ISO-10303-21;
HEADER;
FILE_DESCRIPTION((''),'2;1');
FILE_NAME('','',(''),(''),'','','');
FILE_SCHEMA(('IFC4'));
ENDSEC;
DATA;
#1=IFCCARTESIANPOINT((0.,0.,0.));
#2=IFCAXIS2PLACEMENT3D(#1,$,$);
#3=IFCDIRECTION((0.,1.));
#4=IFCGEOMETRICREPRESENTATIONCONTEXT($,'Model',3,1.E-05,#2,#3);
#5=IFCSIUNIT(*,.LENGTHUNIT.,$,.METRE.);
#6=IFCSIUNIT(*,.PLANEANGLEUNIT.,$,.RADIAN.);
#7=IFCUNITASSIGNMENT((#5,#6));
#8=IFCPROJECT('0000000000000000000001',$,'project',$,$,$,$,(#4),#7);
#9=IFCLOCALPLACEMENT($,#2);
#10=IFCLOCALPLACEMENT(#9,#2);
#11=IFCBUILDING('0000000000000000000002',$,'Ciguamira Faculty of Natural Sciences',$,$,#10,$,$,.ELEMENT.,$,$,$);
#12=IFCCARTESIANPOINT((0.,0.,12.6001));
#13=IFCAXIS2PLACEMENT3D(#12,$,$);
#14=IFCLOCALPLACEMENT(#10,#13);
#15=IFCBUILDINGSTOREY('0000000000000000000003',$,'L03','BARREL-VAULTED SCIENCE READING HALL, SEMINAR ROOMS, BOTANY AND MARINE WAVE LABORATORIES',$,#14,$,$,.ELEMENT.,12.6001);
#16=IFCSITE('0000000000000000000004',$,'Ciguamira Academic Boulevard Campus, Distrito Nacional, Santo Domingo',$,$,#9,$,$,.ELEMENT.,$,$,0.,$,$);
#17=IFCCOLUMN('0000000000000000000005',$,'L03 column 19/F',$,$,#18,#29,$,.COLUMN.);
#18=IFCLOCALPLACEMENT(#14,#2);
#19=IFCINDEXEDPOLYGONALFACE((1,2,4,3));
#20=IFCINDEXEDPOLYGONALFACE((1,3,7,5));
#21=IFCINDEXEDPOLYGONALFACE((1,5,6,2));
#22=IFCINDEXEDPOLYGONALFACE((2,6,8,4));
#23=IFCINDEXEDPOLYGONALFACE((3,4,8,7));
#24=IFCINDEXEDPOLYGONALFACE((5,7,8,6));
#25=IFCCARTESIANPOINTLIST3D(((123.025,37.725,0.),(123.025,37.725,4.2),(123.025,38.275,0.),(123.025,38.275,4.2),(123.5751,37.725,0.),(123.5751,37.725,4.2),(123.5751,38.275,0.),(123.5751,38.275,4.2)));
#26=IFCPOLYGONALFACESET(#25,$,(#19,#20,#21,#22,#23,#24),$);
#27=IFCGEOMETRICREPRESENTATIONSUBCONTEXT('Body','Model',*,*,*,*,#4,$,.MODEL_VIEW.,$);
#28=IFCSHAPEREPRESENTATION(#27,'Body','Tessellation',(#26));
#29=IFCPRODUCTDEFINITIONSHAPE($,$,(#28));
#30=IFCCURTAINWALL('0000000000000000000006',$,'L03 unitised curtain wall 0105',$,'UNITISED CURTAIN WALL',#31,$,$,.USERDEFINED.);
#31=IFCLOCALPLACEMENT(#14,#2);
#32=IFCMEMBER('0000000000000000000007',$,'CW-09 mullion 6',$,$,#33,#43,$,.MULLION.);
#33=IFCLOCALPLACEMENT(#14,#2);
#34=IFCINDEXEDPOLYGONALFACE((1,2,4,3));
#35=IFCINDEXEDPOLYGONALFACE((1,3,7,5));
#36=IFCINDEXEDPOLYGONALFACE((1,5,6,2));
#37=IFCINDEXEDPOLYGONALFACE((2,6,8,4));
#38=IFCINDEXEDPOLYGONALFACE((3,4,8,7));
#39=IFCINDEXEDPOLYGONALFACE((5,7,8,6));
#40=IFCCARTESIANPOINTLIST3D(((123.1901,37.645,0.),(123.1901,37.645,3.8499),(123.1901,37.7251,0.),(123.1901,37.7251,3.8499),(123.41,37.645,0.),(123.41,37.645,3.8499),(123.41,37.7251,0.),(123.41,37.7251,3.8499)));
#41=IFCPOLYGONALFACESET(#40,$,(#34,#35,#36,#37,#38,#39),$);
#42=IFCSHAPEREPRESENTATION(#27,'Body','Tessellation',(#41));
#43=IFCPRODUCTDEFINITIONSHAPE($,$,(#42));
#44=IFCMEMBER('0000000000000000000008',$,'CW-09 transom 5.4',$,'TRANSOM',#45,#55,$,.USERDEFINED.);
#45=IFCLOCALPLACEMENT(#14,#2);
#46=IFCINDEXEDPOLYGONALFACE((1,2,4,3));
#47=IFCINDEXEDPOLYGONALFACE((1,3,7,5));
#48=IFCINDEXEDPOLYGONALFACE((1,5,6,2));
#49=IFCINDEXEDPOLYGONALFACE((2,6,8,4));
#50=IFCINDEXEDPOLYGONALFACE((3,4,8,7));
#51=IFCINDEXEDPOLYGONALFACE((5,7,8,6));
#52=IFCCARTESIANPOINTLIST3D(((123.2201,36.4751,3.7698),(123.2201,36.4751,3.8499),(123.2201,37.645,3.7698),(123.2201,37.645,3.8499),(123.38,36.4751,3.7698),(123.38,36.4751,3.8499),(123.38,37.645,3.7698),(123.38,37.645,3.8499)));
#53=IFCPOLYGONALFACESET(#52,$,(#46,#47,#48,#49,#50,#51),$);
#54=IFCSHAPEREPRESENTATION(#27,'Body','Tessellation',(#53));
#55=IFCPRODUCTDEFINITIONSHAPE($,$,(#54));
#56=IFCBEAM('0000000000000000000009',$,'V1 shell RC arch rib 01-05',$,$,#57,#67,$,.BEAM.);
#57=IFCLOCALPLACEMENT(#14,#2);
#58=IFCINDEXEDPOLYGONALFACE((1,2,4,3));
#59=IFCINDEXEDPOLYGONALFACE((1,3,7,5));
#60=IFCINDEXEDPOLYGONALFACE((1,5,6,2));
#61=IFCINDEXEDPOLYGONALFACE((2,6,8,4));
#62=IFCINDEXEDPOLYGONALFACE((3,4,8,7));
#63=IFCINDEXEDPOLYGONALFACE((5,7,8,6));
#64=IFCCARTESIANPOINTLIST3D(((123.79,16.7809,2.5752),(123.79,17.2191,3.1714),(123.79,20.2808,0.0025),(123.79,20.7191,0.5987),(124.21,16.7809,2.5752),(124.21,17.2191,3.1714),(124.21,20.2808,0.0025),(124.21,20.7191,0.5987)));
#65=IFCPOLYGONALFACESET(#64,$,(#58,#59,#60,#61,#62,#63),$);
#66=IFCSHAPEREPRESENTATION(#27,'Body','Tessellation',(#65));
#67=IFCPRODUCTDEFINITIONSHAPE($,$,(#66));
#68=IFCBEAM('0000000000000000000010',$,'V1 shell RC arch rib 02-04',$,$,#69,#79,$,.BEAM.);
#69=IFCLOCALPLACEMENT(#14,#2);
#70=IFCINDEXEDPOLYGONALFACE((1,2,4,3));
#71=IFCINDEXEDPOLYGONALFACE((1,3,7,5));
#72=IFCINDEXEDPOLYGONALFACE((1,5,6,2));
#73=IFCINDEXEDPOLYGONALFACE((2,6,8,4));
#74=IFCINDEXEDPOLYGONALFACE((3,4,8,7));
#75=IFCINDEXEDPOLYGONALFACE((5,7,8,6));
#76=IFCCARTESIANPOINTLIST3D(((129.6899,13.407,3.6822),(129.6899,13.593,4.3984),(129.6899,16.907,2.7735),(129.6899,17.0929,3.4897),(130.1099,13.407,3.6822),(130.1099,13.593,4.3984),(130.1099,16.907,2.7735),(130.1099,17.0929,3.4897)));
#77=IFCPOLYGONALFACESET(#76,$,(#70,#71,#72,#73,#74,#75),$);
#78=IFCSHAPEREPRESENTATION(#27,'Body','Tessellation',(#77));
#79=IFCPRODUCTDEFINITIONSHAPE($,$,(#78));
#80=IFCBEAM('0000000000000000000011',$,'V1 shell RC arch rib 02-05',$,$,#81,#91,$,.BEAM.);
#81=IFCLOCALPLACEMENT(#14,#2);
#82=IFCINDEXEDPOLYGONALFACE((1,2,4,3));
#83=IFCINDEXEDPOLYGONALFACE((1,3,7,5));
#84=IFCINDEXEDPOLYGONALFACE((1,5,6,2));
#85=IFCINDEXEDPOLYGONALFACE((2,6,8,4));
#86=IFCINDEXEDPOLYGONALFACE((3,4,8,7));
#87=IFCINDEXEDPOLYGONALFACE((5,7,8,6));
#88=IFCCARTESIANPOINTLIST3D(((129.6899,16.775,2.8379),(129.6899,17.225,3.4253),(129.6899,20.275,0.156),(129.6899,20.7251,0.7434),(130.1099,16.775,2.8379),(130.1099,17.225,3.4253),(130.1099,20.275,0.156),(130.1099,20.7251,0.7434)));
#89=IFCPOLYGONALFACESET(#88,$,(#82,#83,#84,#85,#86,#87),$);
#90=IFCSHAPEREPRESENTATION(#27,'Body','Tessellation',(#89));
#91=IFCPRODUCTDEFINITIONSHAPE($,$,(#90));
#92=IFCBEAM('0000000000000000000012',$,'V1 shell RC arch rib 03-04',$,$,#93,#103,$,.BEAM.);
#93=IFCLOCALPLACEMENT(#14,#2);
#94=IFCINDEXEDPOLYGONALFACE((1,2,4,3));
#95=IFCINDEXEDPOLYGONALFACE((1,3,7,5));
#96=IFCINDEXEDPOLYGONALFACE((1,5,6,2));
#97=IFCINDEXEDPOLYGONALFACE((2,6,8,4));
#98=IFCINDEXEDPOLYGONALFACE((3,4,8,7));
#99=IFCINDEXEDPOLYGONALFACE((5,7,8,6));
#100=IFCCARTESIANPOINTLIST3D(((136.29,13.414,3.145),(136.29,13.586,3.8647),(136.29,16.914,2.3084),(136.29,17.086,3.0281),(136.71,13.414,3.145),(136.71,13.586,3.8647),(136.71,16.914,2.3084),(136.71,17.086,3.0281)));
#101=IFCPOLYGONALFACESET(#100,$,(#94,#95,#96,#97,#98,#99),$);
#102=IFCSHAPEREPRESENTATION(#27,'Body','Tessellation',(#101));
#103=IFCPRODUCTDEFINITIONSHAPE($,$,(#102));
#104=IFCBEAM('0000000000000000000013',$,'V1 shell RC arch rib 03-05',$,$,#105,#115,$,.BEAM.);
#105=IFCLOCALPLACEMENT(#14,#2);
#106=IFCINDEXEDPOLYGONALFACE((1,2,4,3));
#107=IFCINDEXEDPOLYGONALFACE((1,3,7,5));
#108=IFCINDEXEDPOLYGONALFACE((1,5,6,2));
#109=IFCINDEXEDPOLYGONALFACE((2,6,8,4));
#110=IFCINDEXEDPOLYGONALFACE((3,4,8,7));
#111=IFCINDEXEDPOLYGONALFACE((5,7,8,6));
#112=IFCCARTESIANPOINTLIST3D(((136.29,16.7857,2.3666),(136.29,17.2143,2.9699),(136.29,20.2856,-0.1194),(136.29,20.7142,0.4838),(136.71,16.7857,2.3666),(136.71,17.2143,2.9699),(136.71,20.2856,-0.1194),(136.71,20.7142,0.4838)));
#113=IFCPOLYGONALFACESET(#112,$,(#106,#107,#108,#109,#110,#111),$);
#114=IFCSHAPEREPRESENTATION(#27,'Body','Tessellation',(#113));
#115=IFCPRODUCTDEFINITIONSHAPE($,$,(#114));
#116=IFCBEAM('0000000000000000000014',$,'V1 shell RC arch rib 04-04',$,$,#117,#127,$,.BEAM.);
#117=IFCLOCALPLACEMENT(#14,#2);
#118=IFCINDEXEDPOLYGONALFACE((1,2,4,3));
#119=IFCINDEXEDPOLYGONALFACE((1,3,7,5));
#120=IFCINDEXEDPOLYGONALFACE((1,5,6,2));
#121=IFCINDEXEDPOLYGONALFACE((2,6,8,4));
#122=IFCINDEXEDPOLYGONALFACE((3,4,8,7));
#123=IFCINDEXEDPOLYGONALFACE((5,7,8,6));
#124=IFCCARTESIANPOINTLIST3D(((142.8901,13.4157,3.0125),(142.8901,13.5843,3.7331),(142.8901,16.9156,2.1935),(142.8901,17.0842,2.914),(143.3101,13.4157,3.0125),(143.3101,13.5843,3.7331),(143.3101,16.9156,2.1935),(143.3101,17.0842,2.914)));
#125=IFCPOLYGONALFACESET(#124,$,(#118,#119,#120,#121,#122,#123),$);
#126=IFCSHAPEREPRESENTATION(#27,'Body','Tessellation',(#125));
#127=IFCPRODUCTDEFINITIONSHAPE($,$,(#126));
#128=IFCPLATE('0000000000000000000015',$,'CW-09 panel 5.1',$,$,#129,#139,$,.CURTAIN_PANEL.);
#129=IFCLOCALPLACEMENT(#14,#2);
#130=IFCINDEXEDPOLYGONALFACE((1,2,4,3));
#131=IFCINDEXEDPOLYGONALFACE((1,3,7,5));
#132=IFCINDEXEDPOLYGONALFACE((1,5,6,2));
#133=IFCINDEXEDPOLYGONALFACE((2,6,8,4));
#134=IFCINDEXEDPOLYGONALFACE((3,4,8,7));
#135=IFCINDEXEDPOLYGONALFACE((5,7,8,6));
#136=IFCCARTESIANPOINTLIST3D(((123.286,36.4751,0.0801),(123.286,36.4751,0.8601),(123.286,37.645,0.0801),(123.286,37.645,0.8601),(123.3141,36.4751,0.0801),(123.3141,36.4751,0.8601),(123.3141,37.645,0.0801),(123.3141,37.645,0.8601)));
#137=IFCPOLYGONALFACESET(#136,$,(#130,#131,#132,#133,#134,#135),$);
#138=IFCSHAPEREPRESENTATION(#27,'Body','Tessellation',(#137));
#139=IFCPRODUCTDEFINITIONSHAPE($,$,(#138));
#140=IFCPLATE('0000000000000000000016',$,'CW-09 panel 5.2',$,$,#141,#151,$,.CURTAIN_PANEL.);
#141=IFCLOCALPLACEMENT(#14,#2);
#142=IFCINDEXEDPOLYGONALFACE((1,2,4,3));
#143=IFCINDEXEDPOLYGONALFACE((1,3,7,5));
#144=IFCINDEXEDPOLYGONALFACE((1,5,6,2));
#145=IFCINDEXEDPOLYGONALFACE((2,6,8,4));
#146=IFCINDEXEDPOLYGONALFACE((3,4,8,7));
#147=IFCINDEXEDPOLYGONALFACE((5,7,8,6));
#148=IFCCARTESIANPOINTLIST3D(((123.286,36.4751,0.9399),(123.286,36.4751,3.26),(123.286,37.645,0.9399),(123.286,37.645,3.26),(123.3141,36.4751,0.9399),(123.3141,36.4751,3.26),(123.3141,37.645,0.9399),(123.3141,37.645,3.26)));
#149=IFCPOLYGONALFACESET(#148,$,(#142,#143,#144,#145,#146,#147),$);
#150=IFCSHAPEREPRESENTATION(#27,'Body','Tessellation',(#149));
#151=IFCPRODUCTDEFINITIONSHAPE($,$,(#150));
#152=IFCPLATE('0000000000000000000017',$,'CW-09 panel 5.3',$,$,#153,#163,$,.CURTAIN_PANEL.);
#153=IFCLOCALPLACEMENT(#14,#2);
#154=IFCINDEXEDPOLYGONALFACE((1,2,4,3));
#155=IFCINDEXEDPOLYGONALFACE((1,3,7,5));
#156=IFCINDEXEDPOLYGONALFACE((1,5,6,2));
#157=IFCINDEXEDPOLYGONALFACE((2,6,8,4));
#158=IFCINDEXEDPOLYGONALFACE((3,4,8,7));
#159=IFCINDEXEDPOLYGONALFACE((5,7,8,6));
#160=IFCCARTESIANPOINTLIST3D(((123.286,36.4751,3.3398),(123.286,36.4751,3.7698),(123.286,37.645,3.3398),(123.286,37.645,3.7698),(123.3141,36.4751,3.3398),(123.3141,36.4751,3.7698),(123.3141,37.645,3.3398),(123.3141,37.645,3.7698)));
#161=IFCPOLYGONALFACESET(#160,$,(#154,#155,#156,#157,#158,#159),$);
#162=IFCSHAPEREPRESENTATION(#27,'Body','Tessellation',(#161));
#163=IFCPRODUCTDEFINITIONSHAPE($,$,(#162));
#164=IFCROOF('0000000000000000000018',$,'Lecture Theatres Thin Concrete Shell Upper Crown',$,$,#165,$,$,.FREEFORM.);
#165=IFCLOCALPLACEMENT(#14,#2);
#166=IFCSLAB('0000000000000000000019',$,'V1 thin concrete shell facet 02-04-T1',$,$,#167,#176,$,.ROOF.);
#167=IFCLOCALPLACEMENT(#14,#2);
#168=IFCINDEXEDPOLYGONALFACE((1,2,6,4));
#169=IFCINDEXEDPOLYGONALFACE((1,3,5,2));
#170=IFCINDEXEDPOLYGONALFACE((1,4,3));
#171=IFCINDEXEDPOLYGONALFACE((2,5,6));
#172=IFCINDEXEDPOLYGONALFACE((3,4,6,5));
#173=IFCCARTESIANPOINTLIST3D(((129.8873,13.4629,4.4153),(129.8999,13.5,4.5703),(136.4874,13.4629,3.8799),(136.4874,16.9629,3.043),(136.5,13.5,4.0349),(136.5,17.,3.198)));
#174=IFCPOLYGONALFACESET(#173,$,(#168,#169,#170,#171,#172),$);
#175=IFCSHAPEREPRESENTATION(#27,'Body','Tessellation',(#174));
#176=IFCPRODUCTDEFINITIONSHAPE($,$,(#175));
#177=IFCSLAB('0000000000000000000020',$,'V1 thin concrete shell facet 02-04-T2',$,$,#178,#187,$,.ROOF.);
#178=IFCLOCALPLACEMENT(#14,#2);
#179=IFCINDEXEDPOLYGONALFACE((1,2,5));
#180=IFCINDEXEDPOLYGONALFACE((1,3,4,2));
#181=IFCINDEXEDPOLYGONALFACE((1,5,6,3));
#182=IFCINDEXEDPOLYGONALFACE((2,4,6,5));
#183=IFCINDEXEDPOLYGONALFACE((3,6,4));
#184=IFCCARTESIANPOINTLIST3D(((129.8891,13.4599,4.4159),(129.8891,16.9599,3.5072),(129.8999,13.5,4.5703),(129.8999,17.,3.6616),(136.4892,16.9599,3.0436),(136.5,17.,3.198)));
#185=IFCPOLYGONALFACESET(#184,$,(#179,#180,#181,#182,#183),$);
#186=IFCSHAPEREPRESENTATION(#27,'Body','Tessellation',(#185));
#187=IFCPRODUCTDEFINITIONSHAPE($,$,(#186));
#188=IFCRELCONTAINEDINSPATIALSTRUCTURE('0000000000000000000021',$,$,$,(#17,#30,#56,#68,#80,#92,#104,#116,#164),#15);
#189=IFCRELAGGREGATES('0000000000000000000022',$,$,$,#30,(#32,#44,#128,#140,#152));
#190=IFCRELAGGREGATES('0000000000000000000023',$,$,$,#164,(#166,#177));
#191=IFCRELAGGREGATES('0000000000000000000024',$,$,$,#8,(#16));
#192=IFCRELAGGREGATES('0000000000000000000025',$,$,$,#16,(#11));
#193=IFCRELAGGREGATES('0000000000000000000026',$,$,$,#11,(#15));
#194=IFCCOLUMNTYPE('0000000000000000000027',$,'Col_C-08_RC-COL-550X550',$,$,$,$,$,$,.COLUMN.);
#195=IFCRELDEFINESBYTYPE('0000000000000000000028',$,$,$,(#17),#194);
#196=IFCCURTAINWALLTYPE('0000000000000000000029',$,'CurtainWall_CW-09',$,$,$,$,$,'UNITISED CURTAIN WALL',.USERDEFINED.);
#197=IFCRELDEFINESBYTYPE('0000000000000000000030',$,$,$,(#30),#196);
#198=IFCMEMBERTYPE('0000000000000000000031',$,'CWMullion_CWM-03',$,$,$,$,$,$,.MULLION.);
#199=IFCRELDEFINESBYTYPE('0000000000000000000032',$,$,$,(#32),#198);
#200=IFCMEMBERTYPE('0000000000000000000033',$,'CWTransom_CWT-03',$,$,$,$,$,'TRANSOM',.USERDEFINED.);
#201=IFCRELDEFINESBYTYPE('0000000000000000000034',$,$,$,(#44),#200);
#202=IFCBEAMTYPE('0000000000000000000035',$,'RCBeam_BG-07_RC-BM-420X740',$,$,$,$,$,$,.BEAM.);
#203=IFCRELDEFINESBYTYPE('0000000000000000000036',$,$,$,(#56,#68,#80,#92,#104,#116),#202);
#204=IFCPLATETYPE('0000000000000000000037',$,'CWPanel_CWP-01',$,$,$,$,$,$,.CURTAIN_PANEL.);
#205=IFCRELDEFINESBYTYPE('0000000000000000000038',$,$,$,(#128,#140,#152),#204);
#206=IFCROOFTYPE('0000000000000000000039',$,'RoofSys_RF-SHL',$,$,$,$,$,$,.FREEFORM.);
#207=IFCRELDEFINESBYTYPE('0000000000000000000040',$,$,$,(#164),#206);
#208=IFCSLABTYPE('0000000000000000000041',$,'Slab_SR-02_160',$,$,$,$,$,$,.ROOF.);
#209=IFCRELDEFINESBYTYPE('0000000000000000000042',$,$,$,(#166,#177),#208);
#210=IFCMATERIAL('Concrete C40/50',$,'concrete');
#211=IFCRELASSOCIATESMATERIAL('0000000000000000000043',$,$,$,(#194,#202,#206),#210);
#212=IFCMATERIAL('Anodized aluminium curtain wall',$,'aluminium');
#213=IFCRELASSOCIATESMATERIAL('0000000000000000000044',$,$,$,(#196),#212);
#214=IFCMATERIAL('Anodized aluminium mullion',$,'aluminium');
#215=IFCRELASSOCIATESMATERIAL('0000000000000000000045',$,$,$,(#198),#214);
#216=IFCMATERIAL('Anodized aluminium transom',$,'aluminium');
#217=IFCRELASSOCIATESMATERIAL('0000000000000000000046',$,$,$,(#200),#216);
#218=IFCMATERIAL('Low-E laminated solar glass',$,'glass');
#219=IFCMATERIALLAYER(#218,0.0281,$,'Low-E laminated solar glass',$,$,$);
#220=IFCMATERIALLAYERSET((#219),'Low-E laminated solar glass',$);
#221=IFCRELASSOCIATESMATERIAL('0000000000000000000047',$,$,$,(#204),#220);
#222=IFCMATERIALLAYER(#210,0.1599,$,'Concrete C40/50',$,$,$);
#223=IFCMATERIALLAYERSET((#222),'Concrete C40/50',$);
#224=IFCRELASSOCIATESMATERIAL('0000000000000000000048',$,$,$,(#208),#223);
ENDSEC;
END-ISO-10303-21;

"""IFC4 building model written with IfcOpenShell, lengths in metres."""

from ifc_helpers import new_model, si_unit, direction, frame, origin, origin_2d, place, context, subcontext, project, spatial, polyline, rectangle, outline, extrude, material, layer, layer_set, material_profile, profile_set, type_object, element, aggregate, save


model = new_model("IFC4")

# Units and contexts
model_context = context("Model", 3, precision=1e-05, world=origin(), true_north=direction((0.0, 1.0)))
body_context = subcontext(model_context, "Body", "Model", "MODEL_VIEW")
ifc_project = project(units=[si_unit("LENGTHUNIT", "METRE"), si_unit("PLANEANGLEUNIT", "RADIAN")], contexts=[model_context])

# Site, building, storey
site_placement = place(None, origin())
site = spatial("IfcSite", under=ifc_project, at=site_placement, Name="Ciguamira Academic Boulevard Campus, Distrito Nacional, Santo Domingo", CompositionType="ELEMENT", RefElevation=0.0)
building_placement = place(site_placement, origin())
building = spatial("IfcBuilding", under=site, at=building_placement, Name="Ciguamira Faculty of Natural Sciences", CompositionType="ELEMENT")
storey_placement = place(building_placement, frame((0.0, 0.0, 12.6001)))
storey = spatial("IfcBuildingStorey", under=building, at=storey_placement, Name="L03", Description="BARREL-VAULTED SCIENCE READING HALL, SEMINAR ROOMS, BOTANY AND MARINE WAVE LABORATORIES", CompositionType="ELEMENT", Elevation=12.6001)

# Column
ifc_material_1 = material(Name="Concrete C40/50", Category="concrete")
ifc_material_profile_1 = material_profile(ifc_material_1, rectangle(XDim=0.55, YDim=0.55, at=origin_2d()), Name="RC-COL-550X550")
ifc_profile_set_1 = profile_set([ifc_material_profile_1], Name="Concrete C40/50")
column_type = type_object("IfcColumnType", Name="Col_C-08_RC-COL-550X550", PredefinedType="COLUMN", material=ifc_profile_set_1)
column_placement = place(storey_placement, frame((123.3, 38.0, 0.0), z_axis=(0.0, 0.0, 1.0), x_axis=(1.0, 0.0, 0.0)))
element("IfcColumn", 1, at=column_placement, inside=storey, type_object=column_type, Name="L03 column 19/F", PredefinedType="COLUMN", context=body_context, shape_type="SweptSolid", body=[
    extrude(rectangle(XDim=0.55, YDim=0.55, at=origin_2d()), origin(), (0.0, 0.0, 1.0), 4.2),
])

# Curtain wall, members
ifc_material_2 = material(Name="Anodized aluminium curtain wall", Category="aluminium")
curtain_wall_type = type_object("IfcCurtainWallType", Name="CurtainWall_CW-09", ElementType="UNITISED CURTAIN WALL", PredefinedType="USERDEFINED", material=ifc_material_2)
curtain_wall_placement = place(storey_placement, origin())
curtain_wall = element("IfcCurtainWall", 2, at=curtain_wall_placement, inside=storey, type_object=curtain_wall_type, Name="L03 unitised curtain wall 0105", ObjectType="UNITISED CURTAIN WALL", PredefinedType="USERDEFINED")
ifc_material_3 = material(Name="Anodized aluminium mullion", Category="aluminium")
ifc_material_profile_2 = material_profile(ifc_material_3, rectangle(XDim=0.0801, YDim=0.22, at=origin_2d()), Name="ALU-MUL-80X220")
ifc_profile_set_2 = profile_set([ifc_material_profile_2], Name="Anodized aluminium mullion")
member_type_1 = type_object("IfcMemberType", Name="CWMullion_CWM-03", PredefinedType="MULLION", material=ifc_profile_set_2)
member_1_placement = place(storey_placement, frame((123.3, 37.6851, 0.0), z_axis=(0.0, 0.0, 1.0), x_axis=(0.0, 1.0, 0.0)))
member_1 = element("IfcMember", 3, at=member_1_placement, type_object=member_type_1, Name="CW-09 mullion 6", PredefinedType="MULLION", context=body_context, shape_type="SweptSolid", body=[
    extrude(rectangle(XDim=0.0801, YDim=0.22, at=origin_2d()), origin(), (0.0, 0.0, 1.0), 3.8499),
])
ifc_material_4 = material(Name="Anodized aluminium transom", Category="aluminium")
ifc_material_profile_3 = material_profile(ifc_material_4, rectangle(XDim=0.0801, YDim=0.1599, at=origin_2d()), Name="ALU-TRN-80X160")
ifc_profile_set_3 = profile_set([ifc_material_profile_3], Name="Anodized aluminium transom")
member_type_2 = type_object("IfcMemberType", Name="CWTransom_CWT-03", ElementType="TRANSOM", PredefinedType="USERDEFINED", material=ifc_profile_set_3)
member_2_placement = place(storey_placement, frame((123.3, 36.4751, 3.8098), z_axis=(0.0, 1.0, 0.0), x_axis=(0.0, 0.0, 1.0)))
member_2 = element("IfcMember", 4, at=member_2_placement, type_object=member_type_2, Name="CW-09 transom 5.4", ObjectType="TRANSOM", PredefinedType="USERDEFINED", context=body_context, shape_type="SweptSolid", body=[
    extrude(rectangle(XDim=0.0801, YDim=0.1599, at=origin_2d()), origin(), (0.0, 0.0, 1.0), 1.1699),
])

# Beams
ifc_material_profile_4 = material_profile(ifc_material_1, rectangle(XDim=0.4199, YDim=0.74, at=origin_2d()), Name="RC-BM-420X740")
ifc_profile_set_4 = profile_set([ifc_material_profile_4], Name="Concrete C40/50")
beam_type = type_object("IfcBeamType", Name="RCBeam_BG-07_RC-BM-420X740", PredefinedType="BEAM", material=ifc_profile_set_4)
beam_1_placement = place(storey_placement, frame((124.0, 17.0, 2.8733), z_axis=(0.0, 0.805736, -0.592275), x_axis=(-1.0, 0.0, 0.0)))
element("IfcBeam", 5, at=beam_1_placement, inside=storey, type_object=beam_type, Name="V1 shell RC arch rib 01-05", PredefinedType="BEAM", context=body_context, shape_type="SweptSolid", body=[
    extrude(rectangle(XDim=0.4199, YDim=0.74, at=origin_2d()), origin(), (0.0, 0.0, 1.0), 4.3438),
])
beam_2_placement = place(storey_placement, frame((129.8999, 13.5, 4.0403), z_axis=(0.0, 0.967911, -0.251295), x_axis=(-1.0, 0.0, 0.0)))
element("IfcBeam", 6, at=beam_2_placement, inside=storey, type_object=beam_type, Name="V1 shell RC arch rib 02-04", PredefinedType="BEAM", context=body_context, shape_type="SweptSolid", body=[
    extrude(rectangle(XDim=0.4199, YDim=0.74, at=origin_2d()), origin(), (0.0, 0.0, 1.0), 3.616),
])
beam_3_placement = place(storey_placement, frame((129.8999, 17.0, 3.1316), z_axis=(0.0, 0.793765, -0.608225), x_axis=(-1.0, 0.0, 0.0)))
element("IfcBeam", 7, at=beam_3_placement, inside=storey, type_object=beam_type, Name="V1 shell RC arch rib 02-05", PredefinedType="BEAM", context=body_context, shape_type="SweptSolid", body=[
    extrude(rectangle(XDim=0.4199, YDim=0.74, at=origin_2d()), origin(), (0.0, 0.0, 1.0), 4.4094),
])
beam_4_placement = place(storey_placement, frame((136.5, 13.5, 3.5049), z_axis=(0.0, 0.972597, -0.232498), x_axis=(-1.0, 0.0, 0.0)))
element("IfcBeam", 8, at=beam_4_placement, inside=storey, type_object=beam_type, Name="V1 shell RC arch rib 03-04", PredefinedType="BEAM", context=body_context, shape_type="SweptSolid", body=[
    extrude(rectangle(XDim=0.4199, YDim=0.74, at=origin_2d()), origin(), (0.0, 0.0, 1.0), 3.5986),
])
beam_5_placement = place(storey_placement, frame((136.5, 17.0, 2.6682), z_axis=(0.0, 0.815264, -0.57909), x_axis=(-1.0, 0.0, 0.0)))
element("IfcBeam", 9, at=beam_5_placement, inside=storey, type_object=beam_type, Name="V1 shell RC arch rib 03-05", PredefinedType="BEAM", context=body_context, shape_type="SweptSolid", body=[
    extrude(rectangle(XDim=0.4199, YDim=0.74, at=origin_2d()), origin(), (0.0, 0.0, 1.0), 4.293),
])
beam_6_placement = place(storey_placement, frame((143.1001, 13.5, 3.3728), z_axis=(0.0, 0.973692, -0.227869), x_axis=(-1.0, 0.0, 0.0)))
element("IfcBeam", 10, at=beam_6_placement, inside=storey, type_object=beam_type, Name="V1 shell RC arch rib 04-04", PredefinedType="BEAM", context=body_context, shape_type="SweptSolid", body=[
    extrude(rectangle(XDim=0.4199, YDim=0.74, at=origin_2d()), origin(), (0.0, 0.0, 1.0), 3.5945),
])

# Plates
ifc_material_5 = material(Name="Low-E laminated solar glass", Category="glass")
ifc_layer_1 = layer(ifc_material_5, 0.0281, Name="Low-E laminated solar glass")
ifc_layer_set_1 = layer_set([ifc_layer_1], Name="Low-E laminated solar glass")
plate_type = type_object("IfcPlateType", Name="CWPanel_CWP-01", PredefinedType="CURTAIN_PANEL", material=ifc_layer_set_1)
plate_1_placement = place(storey_placement, frame((123.3, 37.0601, 0.0801), z_axis=(0.0, 0.0, 1.0), x_axis=(0.0, 1.0, 0.0)))
plate_1 = element("IfcPlate", 11, at=plate_1_placement, type_object=plate_type, Name="CW-09 panel 5.1", PredefinedType="CURTAIN_PANEL", context=body_context, shape_type="SweptSolid", body=[
    extrude(rectangle(XDim=1.1699, YDim=0.0281, at=origin_2d()), origin(), (0.0, 0.0, 1.0), 0.78),
])
plate_2_placement = place(storey_placement, frame((123.3, 37.0601, 0.9399), z_axis=(0.0, 0.0, 1.0), x_axis=(0.0, 1.0, 0.0)))
plate_2 = element("IfcPlate", 12, at=plate_2_placement, type_object=plate_type, Name="CW-09 panel 5.2", PredefinedType="CURTAIN_PANEL", context=body_context, shape_type="SweptSolid", body=[
    extrude(rectangle(XDim=1.1699, YDim=0.0281, at=origin_2d()), origin(), (0.0, 0.0, 1.0), 2.3201),
])
plate_3_placement = place(storey_placement, frame((123.3, 37.0601, 3.3398), z_axis=(0.0, 0.0, 1.0), x_axis=(0.0, 1.0, 0.0)))
plate_3 = element("IfcPlate", 13, at=plate_3_placement, type_object=plate_type, Name="CW-09 panel 5.3", PredefinedType="CURTAIN_PANEL", context=body_context, shape_type="SweptSolid", body=[
    extrude(rectangle(XDim=1.1699, YDim=0.0281, at=origin_2d()), origin(), (0.0, 0.0, 1.0), 0.4299),
])
aggregate(curtain_wall, [member_1, member_2, plate_1, plate_2, plate_3])

# Roof, slabs
roof_type = type_object("IfcRoofType", Name="RoofSys_RF-SHL", PredefinedType="FREEFORM", material=ifc_material_1)
roof_placement = place(storey_placement, origin())
roof = element("IfcRoof", 14, at=roof_placement, inside=storey, type_object=roof_type, Name="Lecture Theatres Thin Concrete Shell Upper Crown", PredefinedType="FREEFORM")
ifc_layer_2 = layer(ifc_material_1, 0.1599, Name="Concrete C40/50")
ifc_layer_set_2 = layer_set([ifc_layer_2], Name="Concrete C40/50")
slab_type = type_object("IfcSlabType", Name="Slab_SR-02_160", PredefinedType="ROOF", material=ifc_layer_set_2)
slab_1_placement = place(storey_placement, frame((129.8999, 13.5, 4.5703), z_axis=(0.078651, 0.231842, 0.969569), x_axis=(0.996726, 0.0, -0.080854)))
slab_1 = element("IfcSlab", 15, at=slab_1_placement, type_object=slab_type, Name="V1 thin concrete shell facet 02-04-T1", PredefinedType="ROOF", context=body_context, shape_type="SweptSolid", body=[
    extrude(outline(polyline([(0.0, 0.0), (6.6218, 0.0), (6.6894, 3.598), (0.0, 0.0)])), origin(), (0.0, 0.0, -1.0), 0.1599),
])
slab_2_placement = place(storey_placement, frame((129.8999, 13.5, 4.5703), z_axis=(0.067834, 0.250716, 0.965681), x_axis=(0.868926, 0.460788, -0.18067)))
slab_2 = element("IfcSlab", 16, at=slab_2_placement, type_object=slab_type, Name="V1 thin concrete shell facet 02-04-T2", PredefinedType="ROOF", context=body_context, shape_type="SweptSolid", body=[
    extrude(outline(polyline([(0.0, 0.0), (7.5957, 0.0), (1.7769, 3.1493), (0.0, 0.0)])), origin(), (0.0, 0.0, -1.0), 0.1599),
])
aggregate(roof, [slab_1, slab_2])

save(model, "model.ifc")
